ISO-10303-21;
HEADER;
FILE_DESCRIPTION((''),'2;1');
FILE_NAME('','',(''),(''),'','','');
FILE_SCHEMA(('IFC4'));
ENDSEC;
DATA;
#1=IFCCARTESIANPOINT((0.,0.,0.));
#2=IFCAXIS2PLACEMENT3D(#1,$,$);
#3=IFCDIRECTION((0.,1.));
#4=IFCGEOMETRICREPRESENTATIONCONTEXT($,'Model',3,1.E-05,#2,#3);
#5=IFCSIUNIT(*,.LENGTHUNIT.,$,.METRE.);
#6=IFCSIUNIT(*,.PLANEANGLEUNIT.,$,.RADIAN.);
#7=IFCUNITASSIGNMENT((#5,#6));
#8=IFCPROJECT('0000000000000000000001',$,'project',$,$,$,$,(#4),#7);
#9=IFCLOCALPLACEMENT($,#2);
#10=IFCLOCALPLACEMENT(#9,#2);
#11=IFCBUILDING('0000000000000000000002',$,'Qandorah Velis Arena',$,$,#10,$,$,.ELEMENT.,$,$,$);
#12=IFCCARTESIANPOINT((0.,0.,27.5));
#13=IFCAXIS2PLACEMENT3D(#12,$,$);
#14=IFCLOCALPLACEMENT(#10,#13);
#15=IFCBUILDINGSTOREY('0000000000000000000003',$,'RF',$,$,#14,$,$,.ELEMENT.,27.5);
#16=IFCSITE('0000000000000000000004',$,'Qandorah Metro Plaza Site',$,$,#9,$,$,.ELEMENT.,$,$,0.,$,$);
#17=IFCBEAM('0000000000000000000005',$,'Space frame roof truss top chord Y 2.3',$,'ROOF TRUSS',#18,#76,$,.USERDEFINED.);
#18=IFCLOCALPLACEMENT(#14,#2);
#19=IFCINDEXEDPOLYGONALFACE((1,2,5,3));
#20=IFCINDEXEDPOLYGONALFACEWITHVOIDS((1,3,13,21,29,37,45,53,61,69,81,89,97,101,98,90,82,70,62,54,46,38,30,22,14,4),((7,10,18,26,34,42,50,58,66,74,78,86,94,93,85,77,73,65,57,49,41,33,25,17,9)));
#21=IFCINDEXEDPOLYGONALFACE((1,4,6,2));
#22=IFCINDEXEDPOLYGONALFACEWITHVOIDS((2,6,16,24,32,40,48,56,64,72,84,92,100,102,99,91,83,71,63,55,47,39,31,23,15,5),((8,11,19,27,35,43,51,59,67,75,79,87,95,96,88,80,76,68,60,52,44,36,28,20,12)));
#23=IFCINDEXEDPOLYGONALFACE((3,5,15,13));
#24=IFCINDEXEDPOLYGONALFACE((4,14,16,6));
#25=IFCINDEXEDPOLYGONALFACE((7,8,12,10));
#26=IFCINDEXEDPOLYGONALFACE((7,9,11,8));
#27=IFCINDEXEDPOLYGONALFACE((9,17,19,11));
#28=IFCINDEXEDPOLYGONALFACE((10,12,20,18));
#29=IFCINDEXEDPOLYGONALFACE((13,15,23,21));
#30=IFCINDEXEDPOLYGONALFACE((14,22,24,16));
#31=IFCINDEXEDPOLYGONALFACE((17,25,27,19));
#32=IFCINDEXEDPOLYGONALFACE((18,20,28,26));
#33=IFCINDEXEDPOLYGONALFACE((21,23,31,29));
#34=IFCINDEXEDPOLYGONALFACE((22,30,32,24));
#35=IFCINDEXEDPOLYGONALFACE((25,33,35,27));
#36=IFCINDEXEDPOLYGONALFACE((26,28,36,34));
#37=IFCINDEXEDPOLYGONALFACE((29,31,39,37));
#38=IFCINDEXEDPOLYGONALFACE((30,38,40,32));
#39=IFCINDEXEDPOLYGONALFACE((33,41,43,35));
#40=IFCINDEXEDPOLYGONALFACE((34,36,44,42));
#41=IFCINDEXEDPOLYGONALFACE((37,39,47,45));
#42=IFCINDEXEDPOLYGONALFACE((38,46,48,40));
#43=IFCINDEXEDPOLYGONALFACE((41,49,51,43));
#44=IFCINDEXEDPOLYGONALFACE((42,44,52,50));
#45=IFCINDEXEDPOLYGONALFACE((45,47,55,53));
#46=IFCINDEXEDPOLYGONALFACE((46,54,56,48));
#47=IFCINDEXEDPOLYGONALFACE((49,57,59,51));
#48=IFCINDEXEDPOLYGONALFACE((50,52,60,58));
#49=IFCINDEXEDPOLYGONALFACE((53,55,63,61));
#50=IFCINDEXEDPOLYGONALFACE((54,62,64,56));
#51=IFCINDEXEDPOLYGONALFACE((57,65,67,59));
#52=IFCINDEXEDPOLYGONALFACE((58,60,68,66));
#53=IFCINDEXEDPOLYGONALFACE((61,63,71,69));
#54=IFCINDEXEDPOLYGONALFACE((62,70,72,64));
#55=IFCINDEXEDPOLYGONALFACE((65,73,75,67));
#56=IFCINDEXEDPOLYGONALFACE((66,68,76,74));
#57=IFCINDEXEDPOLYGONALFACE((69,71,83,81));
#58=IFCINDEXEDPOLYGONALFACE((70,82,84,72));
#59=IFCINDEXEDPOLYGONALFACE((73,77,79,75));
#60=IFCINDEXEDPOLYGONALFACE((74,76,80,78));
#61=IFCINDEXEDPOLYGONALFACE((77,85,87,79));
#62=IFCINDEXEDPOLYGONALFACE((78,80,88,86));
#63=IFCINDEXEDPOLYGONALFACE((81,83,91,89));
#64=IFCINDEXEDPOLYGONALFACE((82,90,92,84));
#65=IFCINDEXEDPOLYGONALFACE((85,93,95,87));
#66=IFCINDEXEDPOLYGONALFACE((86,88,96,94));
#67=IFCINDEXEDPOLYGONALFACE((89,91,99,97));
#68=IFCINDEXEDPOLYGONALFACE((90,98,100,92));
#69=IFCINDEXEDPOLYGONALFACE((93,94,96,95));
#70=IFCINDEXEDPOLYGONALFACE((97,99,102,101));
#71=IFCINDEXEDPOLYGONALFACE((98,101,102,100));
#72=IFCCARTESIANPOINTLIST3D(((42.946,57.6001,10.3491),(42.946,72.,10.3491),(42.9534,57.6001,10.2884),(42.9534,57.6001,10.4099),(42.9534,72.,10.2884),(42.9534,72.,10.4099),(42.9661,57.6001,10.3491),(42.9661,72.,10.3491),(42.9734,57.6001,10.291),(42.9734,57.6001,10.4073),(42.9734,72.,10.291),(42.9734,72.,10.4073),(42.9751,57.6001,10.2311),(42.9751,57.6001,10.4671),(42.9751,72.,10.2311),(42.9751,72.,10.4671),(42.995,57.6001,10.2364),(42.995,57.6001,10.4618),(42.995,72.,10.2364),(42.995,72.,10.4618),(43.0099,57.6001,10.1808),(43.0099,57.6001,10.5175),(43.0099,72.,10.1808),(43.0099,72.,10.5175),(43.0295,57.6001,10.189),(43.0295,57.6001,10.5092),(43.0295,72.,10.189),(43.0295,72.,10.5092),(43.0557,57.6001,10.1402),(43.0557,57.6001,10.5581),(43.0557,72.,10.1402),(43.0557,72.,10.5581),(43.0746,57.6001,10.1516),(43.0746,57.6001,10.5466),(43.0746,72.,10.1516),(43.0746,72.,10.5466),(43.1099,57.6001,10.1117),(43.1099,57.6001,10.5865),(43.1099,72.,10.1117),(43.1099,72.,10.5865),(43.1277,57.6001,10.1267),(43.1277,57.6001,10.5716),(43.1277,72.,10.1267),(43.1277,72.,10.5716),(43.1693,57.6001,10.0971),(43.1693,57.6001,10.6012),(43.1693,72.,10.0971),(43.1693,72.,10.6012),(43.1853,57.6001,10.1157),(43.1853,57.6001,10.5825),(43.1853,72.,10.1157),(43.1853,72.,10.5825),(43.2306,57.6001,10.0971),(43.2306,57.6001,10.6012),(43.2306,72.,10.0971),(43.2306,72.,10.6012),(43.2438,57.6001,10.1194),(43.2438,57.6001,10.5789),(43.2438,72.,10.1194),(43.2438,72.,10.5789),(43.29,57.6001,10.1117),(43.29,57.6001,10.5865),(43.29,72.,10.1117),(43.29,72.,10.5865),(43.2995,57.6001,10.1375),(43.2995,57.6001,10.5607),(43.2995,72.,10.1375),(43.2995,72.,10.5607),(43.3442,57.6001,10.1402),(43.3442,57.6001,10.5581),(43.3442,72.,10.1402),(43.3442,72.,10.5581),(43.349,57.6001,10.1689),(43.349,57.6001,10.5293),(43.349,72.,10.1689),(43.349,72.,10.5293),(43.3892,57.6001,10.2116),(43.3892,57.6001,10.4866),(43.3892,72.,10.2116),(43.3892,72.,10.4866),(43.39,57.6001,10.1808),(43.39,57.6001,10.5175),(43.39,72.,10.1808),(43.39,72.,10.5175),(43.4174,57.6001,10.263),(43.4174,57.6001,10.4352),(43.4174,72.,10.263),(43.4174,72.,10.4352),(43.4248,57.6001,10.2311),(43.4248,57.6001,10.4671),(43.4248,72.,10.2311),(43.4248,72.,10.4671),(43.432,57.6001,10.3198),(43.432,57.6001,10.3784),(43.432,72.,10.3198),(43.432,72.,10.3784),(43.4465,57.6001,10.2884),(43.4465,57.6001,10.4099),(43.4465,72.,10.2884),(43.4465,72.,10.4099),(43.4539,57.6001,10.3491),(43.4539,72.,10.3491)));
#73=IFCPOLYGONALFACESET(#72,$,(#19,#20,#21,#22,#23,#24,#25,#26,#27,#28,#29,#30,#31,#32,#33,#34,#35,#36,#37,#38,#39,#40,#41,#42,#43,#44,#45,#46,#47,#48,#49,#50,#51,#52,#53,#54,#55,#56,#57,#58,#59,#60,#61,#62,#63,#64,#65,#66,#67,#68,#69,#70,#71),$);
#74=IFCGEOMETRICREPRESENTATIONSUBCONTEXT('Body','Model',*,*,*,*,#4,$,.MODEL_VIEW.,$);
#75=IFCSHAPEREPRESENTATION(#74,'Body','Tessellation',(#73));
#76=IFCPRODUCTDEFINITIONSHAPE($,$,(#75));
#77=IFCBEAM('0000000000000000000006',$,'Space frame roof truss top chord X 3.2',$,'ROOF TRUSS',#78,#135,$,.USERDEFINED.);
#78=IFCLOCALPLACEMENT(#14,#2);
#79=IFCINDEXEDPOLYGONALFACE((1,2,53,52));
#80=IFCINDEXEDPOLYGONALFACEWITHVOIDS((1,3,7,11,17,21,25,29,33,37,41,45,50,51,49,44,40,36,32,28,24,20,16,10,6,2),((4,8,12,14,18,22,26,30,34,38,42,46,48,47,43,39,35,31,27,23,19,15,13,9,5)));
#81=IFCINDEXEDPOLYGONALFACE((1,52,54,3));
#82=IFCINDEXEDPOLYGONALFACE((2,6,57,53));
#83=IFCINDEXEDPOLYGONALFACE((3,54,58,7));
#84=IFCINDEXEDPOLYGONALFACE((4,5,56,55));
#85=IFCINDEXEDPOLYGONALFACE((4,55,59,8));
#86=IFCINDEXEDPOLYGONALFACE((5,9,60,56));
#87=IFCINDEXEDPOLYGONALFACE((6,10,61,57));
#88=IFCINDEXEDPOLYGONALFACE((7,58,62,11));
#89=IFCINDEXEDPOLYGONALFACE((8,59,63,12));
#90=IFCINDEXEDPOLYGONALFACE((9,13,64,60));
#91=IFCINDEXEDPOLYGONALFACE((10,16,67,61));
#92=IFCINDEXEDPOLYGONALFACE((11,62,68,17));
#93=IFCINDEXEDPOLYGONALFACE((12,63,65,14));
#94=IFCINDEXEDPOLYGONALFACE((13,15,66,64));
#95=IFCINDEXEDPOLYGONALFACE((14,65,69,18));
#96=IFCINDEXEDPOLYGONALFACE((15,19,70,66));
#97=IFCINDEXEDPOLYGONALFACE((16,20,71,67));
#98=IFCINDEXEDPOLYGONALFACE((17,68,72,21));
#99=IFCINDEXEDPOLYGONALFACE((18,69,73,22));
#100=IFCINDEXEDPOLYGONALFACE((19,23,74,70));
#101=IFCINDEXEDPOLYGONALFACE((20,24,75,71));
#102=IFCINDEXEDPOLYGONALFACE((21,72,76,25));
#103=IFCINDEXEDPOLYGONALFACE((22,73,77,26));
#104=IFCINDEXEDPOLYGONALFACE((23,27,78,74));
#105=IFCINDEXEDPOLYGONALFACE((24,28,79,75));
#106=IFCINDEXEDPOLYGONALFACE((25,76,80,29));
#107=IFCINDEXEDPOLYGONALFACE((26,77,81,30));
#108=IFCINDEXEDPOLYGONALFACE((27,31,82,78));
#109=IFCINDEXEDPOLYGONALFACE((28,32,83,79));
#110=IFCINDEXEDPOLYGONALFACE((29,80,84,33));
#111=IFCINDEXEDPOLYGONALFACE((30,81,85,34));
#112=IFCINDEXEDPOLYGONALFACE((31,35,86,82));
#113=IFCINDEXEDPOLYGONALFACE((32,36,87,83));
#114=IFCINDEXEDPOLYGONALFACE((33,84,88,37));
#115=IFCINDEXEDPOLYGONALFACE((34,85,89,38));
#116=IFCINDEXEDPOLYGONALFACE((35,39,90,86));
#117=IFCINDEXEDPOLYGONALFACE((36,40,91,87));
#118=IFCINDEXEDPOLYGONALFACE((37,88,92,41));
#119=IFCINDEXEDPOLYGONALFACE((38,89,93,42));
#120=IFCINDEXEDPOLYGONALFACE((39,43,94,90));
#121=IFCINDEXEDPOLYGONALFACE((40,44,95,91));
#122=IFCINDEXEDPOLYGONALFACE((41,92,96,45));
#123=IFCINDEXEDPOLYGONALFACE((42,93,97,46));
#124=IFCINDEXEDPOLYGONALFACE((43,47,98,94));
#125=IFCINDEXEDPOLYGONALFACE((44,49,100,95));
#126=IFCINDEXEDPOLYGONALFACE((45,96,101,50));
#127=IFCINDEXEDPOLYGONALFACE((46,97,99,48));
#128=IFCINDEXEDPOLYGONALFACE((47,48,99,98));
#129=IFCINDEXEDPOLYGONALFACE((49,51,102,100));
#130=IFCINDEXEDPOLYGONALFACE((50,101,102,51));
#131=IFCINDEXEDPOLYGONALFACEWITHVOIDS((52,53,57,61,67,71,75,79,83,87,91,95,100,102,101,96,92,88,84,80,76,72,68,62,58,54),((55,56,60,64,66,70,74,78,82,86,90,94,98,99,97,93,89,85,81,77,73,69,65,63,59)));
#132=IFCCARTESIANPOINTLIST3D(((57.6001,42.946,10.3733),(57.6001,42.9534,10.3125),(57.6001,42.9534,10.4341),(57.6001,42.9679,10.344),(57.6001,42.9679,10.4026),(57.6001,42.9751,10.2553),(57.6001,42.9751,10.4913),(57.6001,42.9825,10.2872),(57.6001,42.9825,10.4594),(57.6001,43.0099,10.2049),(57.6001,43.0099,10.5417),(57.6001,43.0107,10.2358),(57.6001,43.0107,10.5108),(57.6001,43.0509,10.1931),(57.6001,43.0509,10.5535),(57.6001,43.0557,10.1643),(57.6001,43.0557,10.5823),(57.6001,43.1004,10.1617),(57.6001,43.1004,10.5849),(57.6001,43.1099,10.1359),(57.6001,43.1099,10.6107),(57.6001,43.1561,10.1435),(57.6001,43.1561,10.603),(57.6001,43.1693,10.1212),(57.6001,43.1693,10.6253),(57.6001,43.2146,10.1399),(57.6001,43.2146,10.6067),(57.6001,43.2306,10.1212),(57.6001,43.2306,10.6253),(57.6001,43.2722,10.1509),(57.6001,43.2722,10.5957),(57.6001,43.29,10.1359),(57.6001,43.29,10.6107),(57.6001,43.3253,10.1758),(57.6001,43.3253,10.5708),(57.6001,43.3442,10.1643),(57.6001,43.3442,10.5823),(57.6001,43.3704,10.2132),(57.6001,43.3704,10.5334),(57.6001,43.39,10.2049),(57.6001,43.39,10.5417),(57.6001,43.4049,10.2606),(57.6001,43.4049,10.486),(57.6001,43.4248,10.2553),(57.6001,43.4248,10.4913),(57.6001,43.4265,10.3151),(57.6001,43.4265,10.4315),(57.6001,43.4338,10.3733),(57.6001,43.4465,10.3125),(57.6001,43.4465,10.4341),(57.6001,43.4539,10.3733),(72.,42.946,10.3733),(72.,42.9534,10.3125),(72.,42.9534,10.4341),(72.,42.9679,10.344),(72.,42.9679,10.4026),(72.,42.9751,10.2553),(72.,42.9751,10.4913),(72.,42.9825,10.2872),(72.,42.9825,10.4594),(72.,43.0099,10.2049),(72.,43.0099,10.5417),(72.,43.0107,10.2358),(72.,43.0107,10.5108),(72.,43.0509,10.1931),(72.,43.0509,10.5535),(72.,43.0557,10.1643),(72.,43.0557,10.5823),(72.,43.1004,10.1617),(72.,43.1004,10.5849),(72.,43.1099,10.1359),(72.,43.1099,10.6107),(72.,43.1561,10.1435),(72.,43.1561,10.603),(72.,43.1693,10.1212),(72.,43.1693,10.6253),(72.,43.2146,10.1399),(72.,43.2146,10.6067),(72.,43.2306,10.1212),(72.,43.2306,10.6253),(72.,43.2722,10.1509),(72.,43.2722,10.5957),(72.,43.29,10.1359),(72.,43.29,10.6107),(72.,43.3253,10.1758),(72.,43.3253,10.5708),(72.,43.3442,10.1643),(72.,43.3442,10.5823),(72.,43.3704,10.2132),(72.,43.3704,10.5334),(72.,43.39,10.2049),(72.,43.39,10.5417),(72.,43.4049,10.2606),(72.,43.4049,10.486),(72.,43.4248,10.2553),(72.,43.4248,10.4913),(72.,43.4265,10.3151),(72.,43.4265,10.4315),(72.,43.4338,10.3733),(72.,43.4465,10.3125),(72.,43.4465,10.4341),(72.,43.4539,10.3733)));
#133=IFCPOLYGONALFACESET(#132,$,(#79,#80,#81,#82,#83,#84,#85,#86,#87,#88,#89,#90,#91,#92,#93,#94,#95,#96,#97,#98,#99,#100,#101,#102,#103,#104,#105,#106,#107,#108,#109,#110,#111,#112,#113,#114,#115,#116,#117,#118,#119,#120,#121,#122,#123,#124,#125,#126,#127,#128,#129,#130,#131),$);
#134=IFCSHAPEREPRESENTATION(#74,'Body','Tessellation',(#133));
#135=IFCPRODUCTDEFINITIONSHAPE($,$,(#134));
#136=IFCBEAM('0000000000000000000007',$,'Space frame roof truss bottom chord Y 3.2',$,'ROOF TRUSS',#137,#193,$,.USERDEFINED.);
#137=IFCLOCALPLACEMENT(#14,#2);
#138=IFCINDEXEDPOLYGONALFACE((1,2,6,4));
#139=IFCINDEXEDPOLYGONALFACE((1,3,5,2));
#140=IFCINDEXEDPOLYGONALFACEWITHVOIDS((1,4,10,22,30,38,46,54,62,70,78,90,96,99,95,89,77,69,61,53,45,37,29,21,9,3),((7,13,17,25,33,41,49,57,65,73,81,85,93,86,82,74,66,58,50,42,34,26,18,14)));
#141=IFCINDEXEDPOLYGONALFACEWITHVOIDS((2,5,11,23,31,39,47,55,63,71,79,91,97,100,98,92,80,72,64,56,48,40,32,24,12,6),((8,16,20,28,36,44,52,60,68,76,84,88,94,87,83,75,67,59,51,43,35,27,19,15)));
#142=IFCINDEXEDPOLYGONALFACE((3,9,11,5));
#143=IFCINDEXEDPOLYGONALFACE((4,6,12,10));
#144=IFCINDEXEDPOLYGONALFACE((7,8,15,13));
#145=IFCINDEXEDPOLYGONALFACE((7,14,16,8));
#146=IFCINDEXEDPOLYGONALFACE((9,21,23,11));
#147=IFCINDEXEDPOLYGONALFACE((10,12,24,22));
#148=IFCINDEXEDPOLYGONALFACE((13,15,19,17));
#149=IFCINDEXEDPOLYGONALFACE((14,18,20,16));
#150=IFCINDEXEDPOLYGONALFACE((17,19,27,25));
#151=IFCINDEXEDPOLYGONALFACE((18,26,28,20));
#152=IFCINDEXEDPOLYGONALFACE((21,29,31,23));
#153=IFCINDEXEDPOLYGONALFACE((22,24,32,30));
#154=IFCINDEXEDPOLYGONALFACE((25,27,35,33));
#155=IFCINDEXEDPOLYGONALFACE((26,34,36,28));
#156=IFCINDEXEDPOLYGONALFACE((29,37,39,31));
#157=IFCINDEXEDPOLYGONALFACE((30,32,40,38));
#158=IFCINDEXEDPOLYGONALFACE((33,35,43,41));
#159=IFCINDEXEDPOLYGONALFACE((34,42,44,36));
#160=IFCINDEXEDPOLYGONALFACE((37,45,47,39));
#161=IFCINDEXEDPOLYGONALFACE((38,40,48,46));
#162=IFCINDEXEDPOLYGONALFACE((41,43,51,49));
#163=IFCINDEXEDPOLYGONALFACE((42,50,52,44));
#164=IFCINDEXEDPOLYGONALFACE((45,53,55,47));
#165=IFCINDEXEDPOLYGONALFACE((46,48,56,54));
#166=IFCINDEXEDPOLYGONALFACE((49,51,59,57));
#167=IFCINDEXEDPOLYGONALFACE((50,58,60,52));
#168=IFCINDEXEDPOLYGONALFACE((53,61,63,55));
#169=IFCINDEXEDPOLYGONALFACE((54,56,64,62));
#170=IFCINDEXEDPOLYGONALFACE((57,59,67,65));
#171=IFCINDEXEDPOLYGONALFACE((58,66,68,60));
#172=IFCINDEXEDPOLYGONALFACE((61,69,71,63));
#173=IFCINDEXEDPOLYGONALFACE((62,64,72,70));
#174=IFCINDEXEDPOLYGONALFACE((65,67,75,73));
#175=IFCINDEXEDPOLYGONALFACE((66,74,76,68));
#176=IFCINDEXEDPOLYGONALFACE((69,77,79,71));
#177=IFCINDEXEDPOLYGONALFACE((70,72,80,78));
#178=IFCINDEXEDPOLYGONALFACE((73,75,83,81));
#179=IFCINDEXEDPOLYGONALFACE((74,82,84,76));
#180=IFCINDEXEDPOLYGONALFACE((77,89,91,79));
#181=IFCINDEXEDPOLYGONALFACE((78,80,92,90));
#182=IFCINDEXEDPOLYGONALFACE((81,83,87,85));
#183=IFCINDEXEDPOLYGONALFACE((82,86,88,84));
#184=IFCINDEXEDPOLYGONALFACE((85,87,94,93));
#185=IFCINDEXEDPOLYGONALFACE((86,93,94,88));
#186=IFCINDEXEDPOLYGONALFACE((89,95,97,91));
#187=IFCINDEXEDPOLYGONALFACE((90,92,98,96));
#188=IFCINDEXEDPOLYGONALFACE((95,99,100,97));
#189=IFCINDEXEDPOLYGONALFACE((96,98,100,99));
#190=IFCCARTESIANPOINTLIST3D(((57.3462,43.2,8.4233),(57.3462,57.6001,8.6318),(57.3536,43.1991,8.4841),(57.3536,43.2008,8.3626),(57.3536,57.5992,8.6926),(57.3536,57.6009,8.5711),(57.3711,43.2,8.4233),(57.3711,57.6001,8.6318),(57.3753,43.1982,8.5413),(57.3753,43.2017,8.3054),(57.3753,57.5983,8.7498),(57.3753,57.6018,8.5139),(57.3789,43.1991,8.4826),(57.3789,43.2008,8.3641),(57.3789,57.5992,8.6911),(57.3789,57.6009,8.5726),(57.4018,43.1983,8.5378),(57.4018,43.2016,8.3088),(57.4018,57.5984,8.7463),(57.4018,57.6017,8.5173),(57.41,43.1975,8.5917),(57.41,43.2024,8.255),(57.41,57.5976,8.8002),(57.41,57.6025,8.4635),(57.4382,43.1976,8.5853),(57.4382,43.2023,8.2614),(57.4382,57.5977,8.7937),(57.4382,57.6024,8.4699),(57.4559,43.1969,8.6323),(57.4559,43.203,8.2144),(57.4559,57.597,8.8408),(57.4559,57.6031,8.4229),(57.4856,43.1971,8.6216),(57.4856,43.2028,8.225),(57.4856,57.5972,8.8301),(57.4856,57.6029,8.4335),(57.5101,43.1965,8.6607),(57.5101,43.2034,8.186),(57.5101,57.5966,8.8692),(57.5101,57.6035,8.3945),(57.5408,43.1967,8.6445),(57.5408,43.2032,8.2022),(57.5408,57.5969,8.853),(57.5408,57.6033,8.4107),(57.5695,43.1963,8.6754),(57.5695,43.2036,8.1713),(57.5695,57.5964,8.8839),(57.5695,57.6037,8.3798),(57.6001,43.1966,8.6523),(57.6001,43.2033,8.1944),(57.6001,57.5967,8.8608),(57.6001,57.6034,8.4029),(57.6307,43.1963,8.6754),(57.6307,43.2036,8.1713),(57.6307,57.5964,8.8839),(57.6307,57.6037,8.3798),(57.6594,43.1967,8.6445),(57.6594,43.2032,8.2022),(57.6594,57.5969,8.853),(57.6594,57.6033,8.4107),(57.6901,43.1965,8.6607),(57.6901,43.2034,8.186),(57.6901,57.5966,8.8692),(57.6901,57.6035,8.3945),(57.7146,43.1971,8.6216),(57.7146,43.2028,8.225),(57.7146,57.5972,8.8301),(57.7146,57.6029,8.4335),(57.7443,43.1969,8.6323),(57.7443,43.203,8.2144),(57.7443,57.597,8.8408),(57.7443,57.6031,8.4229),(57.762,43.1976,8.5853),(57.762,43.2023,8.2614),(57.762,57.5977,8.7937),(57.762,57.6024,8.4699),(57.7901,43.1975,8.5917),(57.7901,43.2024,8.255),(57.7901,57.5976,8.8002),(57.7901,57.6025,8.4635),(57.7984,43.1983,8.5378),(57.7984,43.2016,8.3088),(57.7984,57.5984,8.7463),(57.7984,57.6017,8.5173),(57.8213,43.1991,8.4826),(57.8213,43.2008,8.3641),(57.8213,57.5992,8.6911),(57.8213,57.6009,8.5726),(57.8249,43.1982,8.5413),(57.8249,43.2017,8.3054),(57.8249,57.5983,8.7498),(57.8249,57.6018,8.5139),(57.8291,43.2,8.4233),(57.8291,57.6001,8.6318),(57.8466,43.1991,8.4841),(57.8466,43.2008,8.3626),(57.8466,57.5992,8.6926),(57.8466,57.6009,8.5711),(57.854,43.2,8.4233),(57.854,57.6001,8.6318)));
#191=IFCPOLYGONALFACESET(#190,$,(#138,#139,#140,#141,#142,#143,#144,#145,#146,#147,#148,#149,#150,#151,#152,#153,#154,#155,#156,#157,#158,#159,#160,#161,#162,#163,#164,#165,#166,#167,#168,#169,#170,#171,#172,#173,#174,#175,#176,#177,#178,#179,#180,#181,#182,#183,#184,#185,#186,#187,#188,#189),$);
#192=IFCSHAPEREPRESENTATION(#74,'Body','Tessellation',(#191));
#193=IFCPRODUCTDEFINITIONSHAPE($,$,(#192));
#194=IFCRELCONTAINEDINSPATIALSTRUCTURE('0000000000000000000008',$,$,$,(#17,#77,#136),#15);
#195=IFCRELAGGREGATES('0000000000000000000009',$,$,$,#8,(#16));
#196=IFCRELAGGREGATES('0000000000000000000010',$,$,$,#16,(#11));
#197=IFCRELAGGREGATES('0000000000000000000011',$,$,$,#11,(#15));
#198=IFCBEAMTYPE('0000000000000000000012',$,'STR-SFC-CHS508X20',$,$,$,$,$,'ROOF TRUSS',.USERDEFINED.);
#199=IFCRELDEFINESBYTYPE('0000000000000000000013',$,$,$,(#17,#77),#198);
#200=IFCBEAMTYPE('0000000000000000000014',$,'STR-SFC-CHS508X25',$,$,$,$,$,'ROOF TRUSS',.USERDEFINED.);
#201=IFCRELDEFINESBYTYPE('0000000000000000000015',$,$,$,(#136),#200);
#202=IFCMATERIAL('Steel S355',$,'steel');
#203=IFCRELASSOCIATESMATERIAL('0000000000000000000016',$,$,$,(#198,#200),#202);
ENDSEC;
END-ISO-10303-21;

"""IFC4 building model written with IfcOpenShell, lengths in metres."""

from ifc_helpers import new_model, si_unit, direction, frame, origin, origin_2d, place, context, subcontext, project, spatial, hollow_circle, extrude, material, material_profile, profile_set, type_object, element, save


model = new_model("IFC4")

# Units and contexts
model_context = context("Model", 3, precision=1e-05, world=origin(), true_north=direction((0.0, 1.0)))
body_context = subcontext(model_context, "Body", "Model", "MODEL_VIEW")
ifc_project = project(units=[si_unit("LENGTHUNIT", "METRE"), si_unit("PLANEANGLEUNIT", "RADIAN")], contexts=[model_context])

# Site, building, storey
site_placement = place(None, origin())
site = spatial("IfcSite", under=ifc_project, at=site_placement, Name="Qandorah Metro Plaza Site", CompositionType="ELEMENT", RefElevation=0.0)
building_placement = place(site_placement, origin())
building = spatial("IfcBuilding", under=site, at=building_placement, Name="Qandorah Velis Arena", CompositionType="ELEMENT")
storey_placement = place(building_placement, frame((0.0, 0.0, 27.5)))
storey = spatial("IfcBuildingStorey", under=building, at=storey_placement, Name="RF", CompositionType="ELEMENT", Elevation=27.5)

# Shared definitions
ifc_material_1 = material(Name="Steel S355", Category="steel")

# Beams
ifc_material_profile_1 = material_profile(ifc_material_1, hollow_circle(Radius=0.2539, WallThickness=0.02, at=origin_2d()), Name="CHS 508x20")
ifc_profile_set_1 = profile_set([ifc_material_profile_1], Name="Steel S355")
beam_type_1 = type_object("IfcBeamType", Name="STR-SFC-CHS508X20", ElementType="ROOF TRUSS", PredefinedType="USERDEFINED", material=ifc_profile_set_1)
for number, where, z_axis, x_axis, name in (
    (1, (43.2, 57.6001, 10.3491), (0.0, 1.0, 0.0), (-1.0, 0.0, 0.0), "Space frame roof truss top chord Y 2.3"),
    (2, (57.6001, 43.2, 10.3733), (1.0, 0.0, 0.0), (0.0, 1.0, 0.0), "Space frame roof truss top chord X 3.2"),
):
    element("IfcBeam", number, at=place(storey_placement, frame(where, z_axis=z_axis, x_axis=x_axis)), inside=storey, type_object=beam_type_1, Name=name, ObjectType="ROOF TRUSS", PredefinedType="USERDEFINED", context=body_context, shape_type="SweptSolid", body=[
        extrude(hollow_circle(Radius=0.2539, WallThickness=0.02, at=origin_2d()), origin(), (0.0, 0.0, 1.0), 14.3999),
    ])
ifc_material_profile_2 = material_profile(ifc_material_1, hollow_circle(Radius=0.2539, WallThickness=0.0249, at=origin_2d()), Name="CHS 508x25")
ifc_profile_set_2 = profile_set([ifc_material_profile_2], Name="Steel S355")
beam_type_2 = type_object("IfcBeamType", Name="STR-SFC-CHS508X25", ElementType="ROOF TRUSS", PredefinedType="USERDEFINED", material=ifc_profile_set_2)
beam_1_placement = place(storey_placement, frame((57.6001, 43.2, 8.4233), z_axis=(0.0, 0.999895, 0.014477), x_axis=(-1.0, 0.0, 0.0)))
element("IfcBeam", 3, at=beam_1_placement, inside=storey, type_object=beam_type_2, Name="Space frame roof truss bottom chord Y 3.2", ObjectType="ROOF TRUSS", PredefinedType="USERDEFINED", context=body_context, shape_type="SweptSolid", body=[
    extrude(hollow_circle(Radius=0.2539, WallThickness=0.0249, at=origin_2d()), origin(), (0.0, 0.0, 1.0), 14.4016),
])

save(model, "model.ifc")
